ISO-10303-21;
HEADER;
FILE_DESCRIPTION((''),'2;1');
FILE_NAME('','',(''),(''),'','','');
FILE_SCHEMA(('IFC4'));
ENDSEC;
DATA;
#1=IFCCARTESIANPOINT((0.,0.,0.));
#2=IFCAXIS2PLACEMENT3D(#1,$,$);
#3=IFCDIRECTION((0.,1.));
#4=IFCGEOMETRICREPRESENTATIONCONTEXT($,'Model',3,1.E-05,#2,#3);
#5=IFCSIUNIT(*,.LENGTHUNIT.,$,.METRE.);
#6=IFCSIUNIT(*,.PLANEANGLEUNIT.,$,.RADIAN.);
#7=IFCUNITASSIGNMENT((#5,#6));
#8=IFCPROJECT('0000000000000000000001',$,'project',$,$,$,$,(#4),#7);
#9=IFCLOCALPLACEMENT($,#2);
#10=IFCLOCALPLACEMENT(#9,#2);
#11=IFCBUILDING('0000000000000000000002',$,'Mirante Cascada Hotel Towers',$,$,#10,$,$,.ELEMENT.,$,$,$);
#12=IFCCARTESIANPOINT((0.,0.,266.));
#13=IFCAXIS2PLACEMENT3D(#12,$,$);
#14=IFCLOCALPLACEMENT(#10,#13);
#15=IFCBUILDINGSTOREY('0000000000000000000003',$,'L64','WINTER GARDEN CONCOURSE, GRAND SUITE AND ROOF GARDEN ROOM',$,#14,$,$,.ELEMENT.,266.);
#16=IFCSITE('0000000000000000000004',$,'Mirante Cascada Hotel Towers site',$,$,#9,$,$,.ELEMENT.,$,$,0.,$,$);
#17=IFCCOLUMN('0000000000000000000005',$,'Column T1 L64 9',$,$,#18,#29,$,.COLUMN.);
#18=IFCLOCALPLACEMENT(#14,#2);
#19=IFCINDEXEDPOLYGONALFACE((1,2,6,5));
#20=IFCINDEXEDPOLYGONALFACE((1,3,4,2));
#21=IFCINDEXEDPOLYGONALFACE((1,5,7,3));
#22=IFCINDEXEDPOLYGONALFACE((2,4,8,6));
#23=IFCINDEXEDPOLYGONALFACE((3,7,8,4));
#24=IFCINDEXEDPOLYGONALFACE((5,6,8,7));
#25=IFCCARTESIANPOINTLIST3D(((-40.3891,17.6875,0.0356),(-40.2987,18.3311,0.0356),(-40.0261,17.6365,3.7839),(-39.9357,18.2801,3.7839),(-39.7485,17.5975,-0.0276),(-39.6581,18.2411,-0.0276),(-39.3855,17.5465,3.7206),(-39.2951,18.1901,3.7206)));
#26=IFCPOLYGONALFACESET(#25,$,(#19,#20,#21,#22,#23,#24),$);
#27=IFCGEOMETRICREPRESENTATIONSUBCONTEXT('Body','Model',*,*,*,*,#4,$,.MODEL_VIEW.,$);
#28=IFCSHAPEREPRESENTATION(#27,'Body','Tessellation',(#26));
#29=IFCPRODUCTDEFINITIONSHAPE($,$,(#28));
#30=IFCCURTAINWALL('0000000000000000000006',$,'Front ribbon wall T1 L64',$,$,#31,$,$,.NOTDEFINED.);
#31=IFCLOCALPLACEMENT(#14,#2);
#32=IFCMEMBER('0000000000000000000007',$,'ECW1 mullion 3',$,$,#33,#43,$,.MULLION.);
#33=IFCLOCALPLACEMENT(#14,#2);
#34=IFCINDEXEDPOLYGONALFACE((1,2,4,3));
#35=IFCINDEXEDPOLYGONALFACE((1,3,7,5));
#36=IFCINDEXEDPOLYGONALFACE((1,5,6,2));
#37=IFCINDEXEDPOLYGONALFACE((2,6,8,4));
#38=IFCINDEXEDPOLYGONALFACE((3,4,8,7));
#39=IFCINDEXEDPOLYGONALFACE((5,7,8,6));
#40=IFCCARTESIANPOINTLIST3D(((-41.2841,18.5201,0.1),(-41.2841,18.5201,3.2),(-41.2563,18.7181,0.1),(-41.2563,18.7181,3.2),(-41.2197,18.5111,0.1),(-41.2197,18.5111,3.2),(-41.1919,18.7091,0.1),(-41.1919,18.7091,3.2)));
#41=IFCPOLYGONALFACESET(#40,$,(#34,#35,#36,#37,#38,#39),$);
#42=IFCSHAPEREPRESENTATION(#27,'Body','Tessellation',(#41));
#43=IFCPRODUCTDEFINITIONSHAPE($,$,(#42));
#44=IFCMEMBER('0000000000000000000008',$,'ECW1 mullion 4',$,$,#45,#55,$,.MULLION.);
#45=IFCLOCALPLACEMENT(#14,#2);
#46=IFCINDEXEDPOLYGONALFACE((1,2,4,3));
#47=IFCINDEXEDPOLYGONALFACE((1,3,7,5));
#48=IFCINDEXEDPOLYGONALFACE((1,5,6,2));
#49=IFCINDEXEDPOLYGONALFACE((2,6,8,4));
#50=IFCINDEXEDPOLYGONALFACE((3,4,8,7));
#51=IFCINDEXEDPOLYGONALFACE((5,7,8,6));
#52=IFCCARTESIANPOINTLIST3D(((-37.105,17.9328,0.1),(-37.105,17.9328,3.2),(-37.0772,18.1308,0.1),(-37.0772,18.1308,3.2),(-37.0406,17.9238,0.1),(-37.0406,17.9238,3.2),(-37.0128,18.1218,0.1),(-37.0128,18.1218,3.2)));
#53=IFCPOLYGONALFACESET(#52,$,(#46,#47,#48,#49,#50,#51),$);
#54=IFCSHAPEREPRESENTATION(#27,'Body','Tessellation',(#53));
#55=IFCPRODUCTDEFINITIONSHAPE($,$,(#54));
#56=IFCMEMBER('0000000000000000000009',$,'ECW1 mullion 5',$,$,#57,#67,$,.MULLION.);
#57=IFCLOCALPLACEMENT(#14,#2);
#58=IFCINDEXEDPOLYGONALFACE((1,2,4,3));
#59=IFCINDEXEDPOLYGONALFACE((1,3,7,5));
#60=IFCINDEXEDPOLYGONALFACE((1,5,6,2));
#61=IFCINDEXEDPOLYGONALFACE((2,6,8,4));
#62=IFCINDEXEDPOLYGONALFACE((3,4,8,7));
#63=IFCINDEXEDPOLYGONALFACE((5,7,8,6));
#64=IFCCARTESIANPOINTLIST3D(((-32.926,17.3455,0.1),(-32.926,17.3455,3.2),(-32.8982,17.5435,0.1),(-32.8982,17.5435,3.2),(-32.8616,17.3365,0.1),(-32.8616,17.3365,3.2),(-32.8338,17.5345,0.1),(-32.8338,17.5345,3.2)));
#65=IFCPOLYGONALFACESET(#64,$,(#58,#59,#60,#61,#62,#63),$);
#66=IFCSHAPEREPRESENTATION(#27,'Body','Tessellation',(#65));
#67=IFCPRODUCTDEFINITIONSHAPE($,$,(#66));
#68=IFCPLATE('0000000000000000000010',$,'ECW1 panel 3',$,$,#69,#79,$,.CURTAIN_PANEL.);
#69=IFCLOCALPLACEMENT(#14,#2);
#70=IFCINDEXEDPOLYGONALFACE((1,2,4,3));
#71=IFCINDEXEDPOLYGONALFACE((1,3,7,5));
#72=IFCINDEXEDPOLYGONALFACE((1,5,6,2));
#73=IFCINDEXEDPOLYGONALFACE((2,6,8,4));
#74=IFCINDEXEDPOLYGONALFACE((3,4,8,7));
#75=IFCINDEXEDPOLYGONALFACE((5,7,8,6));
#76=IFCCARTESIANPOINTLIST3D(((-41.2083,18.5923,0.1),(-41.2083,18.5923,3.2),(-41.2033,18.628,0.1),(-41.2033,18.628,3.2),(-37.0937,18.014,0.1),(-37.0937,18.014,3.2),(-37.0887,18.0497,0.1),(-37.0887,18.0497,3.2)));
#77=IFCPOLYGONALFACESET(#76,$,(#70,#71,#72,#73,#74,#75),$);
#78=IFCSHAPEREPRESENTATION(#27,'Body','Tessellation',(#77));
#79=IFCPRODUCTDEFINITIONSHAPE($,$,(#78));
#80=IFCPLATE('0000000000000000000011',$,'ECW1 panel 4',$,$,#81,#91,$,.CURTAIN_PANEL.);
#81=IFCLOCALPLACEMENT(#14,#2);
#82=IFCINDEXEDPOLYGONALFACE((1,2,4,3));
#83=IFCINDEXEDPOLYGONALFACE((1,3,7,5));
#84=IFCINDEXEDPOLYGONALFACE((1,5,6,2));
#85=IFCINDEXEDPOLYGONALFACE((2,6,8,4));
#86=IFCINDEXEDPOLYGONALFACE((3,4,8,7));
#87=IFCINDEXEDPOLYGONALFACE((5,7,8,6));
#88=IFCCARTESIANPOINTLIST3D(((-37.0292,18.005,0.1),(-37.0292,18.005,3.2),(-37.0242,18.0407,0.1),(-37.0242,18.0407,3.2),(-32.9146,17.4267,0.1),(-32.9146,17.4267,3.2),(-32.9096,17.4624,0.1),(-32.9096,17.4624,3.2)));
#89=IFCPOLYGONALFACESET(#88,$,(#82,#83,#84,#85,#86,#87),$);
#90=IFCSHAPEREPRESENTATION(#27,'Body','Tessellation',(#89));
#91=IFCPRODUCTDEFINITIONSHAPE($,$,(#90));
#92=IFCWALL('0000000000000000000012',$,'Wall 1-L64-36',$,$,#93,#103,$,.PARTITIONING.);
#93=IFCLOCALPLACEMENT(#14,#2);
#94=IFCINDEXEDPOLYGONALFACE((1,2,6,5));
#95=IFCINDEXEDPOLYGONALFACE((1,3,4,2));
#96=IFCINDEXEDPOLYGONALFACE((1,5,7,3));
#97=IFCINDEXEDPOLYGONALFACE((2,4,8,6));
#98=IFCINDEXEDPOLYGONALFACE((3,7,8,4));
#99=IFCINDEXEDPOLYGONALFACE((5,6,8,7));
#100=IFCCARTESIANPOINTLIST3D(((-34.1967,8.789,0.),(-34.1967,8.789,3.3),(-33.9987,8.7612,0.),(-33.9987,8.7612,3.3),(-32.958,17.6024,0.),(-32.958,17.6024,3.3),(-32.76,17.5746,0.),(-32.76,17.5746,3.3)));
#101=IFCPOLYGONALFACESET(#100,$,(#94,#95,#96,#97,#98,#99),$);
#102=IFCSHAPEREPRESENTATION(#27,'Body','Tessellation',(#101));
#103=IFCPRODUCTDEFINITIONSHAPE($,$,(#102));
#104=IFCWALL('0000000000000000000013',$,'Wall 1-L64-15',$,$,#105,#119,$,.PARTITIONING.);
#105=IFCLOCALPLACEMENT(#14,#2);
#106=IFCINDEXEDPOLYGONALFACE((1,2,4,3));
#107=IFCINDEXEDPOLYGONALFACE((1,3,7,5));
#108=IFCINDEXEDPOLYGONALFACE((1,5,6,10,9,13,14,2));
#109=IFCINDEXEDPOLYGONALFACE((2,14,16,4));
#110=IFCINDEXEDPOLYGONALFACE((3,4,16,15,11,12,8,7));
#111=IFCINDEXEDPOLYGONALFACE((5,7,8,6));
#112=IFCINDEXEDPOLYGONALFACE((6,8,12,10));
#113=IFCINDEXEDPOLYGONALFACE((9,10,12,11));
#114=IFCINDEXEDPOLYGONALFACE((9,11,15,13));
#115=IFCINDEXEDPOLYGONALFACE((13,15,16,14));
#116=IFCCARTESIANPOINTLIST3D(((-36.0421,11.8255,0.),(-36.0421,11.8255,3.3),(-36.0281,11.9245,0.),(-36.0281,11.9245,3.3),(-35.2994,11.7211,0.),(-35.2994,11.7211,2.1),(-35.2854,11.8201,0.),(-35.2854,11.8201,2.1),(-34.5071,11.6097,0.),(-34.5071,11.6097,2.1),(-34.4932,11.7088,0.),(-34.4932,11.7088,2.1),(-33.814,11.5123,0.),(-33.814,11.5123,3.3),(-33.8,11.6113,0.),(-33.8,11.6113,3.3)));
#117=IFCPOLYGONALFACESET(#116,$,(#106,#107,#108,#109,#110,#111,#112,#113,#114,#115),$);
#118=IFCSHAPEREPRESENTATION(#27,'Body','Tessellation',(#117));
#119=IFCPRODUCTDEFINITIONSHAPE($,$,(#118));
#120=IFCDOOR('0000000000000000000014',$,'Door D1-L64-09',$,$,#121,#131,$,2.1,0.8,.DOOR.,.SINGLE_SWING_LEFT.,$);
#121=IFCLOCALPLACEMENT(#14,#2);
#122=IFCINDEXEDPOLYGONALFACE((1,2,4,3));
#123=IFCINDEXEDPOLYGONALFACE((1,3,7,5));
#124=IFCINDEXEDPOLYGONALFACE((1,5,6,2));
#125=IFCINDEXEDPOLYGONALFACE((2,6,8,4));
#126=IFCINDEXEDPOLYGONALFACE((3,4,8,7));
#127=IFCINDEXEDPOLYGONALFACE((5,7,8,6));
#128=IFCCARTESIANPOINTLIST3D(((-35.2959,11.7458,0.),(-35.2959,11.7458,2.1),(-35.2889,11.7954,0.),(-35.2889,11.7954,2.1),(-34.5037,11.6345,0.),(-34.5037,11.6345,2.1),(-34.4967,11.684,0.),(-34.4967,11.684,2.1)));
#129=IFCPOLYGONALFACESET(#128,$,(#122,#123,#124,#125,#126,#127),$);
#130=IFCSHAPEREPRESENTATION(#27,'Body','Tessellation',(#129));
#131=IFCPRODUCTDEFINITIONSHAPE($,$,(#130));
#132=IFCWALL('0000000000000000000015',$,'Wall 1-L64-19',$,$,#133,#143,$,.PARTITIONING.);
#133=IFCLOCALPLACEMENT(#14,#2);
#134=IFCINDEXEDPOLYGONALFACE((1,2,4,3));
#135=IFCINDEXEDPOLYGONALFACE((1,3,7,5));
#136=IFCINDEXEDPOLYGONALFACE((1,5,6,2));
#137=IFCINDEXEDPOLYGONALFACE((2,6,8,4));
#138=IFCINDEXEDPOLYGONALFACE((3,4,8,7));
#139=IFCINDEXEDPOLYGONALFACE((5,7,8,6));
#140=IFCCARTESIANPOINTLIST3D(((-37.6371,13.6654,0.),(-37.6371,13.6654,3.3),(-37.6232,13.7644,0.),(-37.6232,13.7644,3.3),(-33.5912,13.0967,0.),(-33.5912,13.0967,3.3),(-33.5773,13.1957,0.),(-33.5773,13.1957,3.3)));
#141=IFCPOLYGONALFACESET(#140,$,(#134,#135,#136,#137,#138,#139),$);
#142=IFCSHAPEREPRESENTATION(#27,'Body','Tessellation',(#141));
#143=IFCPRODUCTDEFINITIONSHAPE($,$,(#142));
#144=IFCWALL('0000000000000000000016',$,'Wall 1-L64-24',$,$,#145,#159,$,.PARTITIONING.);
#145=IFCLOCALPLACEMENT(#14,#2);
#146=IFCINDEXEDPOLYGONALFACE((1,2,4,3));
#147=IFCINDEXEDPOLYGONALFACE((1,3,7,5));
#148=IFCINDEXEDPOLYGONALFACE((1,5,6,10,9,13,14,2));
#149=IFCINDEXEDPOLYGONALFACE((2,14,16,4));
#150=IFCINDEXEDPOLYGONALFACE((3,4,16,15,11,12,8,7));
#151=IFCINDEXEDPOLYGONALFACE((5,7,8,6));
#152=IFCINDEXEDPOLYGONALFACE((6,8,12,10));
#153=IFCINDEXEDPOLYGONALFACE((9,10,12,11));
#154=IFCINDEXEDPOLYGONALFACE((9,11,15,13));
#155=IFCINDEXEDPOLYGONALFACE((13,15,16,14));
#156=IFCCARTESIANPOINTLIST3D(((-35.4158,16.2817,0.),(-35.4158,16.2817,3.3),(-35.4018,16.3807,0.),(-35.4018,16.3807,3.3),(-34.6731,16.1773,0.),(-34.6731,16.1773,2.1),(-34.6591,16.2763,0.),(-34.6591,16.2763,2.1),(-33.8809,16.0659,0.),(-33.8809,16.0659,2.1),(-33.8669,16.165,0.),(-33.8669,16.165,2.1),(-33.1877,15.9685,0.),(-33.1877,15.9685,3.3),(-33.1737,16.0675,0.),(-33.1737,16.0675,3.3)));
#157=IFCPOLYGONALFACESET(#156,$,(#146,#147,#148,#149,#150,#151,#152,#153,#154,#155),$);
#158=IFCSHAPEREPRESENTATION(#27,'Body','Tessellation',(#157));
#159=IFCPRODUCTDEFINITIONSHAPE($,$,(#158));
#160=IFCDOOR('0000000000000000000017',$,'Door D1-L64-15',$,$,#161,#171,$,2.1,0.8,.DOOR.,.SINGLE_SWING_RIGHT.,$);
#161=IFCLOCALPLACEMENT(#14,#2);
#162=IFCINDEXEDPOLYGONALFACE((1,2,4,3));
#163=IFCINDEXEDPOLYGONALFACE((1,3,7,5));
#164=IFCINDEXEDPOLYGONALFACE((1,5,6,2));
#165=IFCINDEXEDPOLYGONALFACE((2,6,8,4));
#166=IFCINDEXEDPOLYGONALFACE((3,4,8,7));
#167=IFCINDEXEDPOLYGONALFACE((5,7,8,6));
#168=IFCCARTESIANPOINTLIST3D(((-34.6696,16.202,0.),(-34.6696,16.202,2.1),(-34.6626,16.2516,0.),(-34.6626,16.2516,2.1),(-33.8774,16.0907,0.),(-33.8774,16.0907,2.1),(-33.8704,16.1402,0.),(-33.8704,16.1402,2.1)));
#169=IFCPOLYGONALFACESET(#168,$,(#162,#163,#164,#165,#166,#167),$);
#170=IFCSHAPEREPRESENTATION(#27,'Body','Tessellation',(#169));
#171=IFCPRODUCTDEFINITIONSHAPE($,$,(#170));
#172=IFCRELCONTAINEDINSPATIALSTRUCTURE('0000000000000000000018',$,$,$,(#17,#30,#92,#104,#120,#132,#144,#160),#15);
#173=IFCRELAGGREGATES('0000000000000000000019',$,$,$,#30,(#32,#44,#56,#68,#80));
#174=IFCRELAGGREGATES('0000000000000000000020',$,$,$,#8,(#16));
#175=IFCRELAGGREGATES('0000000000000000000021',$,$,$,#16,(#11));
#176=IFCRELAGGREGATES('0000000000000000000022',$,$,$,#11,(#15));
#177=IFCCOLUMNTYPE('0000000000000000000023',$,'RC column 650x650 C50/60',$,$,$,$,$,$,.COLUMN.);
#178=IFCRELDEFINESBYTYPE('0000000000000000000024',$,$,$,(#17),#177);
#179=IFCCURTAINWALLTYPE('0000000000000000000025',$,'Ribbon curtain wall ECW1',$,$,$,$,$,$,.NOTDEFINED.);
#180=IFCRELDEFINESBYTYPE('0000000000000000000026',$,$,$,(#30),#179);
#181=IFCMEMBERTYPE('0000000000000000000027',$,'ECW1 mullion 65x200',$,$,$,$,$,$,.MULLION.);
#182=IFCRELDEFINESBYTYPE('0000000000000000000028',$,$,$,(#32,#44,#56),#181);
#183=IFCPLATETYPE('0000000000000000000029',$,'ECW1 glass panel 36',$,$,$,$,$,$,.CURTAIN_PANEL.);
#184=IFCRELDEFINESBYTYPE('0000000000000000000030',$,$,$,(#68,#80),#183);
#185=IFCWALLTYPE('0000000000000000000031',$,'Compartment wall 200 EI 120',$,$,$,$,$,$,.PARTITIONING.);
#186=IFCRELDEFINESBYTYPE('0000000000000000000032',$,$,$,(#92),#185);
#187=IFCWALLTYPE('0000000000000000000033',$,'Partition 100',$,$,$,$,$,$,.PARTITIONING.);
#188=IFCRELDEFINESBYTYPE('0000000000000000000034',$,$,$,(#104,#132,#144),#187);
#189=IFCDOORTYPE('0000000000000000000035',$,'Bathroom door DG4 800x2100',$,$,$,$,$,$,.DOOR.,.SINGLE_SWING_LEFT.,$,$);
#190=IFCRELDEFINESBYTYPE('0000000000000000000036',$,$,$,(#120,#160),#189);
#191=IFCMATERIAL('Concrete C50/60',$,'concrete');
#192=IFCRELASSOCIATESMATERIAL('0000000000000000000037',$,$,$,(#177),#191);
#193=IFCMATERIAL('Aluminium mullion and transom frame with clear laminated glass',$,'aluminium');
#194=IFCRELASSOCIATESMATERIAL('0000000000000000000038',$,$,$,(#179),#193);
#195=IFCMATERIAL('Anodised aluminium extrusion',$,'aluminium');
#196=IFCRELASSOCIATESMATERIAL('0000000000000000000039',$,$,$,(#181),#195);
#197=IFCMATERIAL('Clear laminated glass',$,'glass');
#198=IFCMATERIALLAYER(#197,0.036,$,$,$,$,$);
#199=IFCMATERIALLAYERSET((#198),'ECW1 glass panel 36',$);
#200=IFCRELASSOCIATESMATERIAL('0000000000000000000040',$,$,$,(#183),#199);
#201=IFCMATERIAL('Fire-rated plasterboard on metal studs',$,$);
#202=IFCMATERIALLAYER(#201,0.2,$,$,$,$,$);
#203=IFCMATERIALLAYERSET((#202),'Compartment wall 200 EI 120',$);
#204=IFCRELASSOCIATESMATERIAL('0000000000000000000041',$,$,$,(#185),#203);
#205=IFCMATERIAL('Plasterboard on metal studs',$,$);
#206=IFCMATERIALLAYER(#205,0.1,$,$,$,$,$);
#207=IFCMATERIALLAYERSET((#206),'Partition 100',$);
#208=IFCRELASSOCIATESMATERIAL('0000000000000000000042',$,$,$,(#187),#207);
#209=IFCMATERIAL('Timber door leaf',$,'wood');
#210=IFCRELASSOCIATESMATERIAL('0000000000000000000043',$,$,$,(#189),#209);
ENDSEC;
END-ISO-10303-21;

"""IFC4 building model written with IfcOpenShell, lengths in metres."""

from ifc_helpers import new_model, si_unit, direction, frame, frame_2d, origin, origin_2d, place, context, subcontext, project, spatial, rectangle, extrude, material, layer, layer_set, material_profile, profile_set, type_object, element, fill, aggregate, save


model = new_model("IFC4")

# Units and contexts
model_context = context("Model", 3, precision=1e-05, world=origin(), true_north=direction((0.0, 1.0)))
body_context = subcontext(model_context, "Body", "Model", "MODEL_VIEW")
ifc_project = project(units=[si_unit("LENGTHUNIT", "METRE"), si_unit("PLANEANGLEUNIT", "RADIAN")], contexts=[model_context])

# Site, building, storey
site_placement = place(None, origin())
site = spatial("IfcSite", under=ifc_project, at=site_placement, Name="Mirante Cascada Hotel Towers site", CompositionType="ELEMENT", RefElevation=0.0)
building_placement = place(site_placement, origin())
building = spatial("IfcBuilding", under=site, at=building_placement, Name="Mirante Cascada Hotel Towers", CompositionType="ELEMENT")
storey_placement = place(building_placement, frame((0.0, 0.0, 266.0)))
storey = spatial("IfcBuildingStorey", under=building, at=storey_placement, Name="L64", Description="WINTER GARDEN CONCOURSE, GRAND SUITE AND ROOF GARDEN ROOM", CompositionType="ELEMENT", Elevation=266.0)

# Column
ifc_material_1 = material(Name="Concrete C50/60", Category="concrete")
ifc_material_profile_1 = material_profile(ifc_material_1, rectangle(XDim=0.65, YDim=0.65, at=origin_2d()), Name="RC column 650x650 C50/60")
ifc_profile_set_1 = profile_set([ifc_material_profile_1], Name="Concrete C50/60")
column_type = type_object("IfcColumnType", Name="RC column 650x650 C50/60", PredefinedType="COLUMN", material=ifc_profile_set_1)
column_placement = place(storey_placement, frame((-40.0236, 17.9643, 0.004), z_axis=(0.096387, -0.013542, 0.995252), x_axis=(0.139129, 0.990274, 0.0)))
element("IfcColumn", 1, at=column_placement, inside=storey, type_object=column_type, Name="Column T1 L64 9", PredefinedType="COLUMN", context=body_context, shape_type="SweptSolid", body=[
    extrude(rectangle(XDim=0.65, YDim=0.65, at=origin_2d()), origin(), (0.0, 0.0, 1.0), 3.7661),
])

# Curtain wall, members, plates
ifc_material_2 = material(Name="Aluminium mullion and transom frame with clear laminated glass", Category="aluminium")
curtain_wall_type = type_object("IfcCurtainWallType", Name="Ribbon curtain wall ECW1", PredefinedType="NOTDEFINED", material=ifc_material_2)
curtain_wall_placement = place(storey_placement, origin())
curtain_wall = element("IfcCurtainWall", 2, at=curtain_wall_placement, inside=storey, type_object=curtain_wall_type, Name="Front ribbon wall T1 L64", PredefinedType="NOTDEFINED")
ifc_material_3 = material(Name="Anodised aluminium extrusion", Category="aluminium")
ifc_material_profile_2 = material_profile(ifc_material_3, rectangle(XDim=0.2, YDim=0.065, at=origin_2d()), Name="ECW1 MULLION 65x200")
ifc_profile_set_2 = profile_set([ifc_material_profile_2], Name="Anodised aluminium extrusion")
member_type = type_object("IfcMemberType", Name="ECW1 mullion 65x200", PredefinedType="MULLION", material=ifc_profile_set_2)
member_1_placement = place(storey_placement, frame((-41.238, 18.6146, 0.1), z_axis=(0.0, 0.0, 1.0), x_axis=(0.139173, 0.990268, 0.0)))
member_1 = element("IfcMember", 3, at=member_1_placement, type_object=member_type, Name="ECW1 mullion 3", PredefinedType="MULLION", context=body_context, shape_type="SweptSolid", body=[
    extrude(rectangle(XDim=0.2, YDim=0.065, at=origin_2d()), origin(), (0.0, 0.0, 1.0), 3.1),
])
member_2_placement = place(storey_placement, frame((-37.0589, 18.0273, 0.1), z_axis=(0.0, 0.0, 1.0), x_axis=(0.139173, 0.990268, 0.0)))
member_2 = element("IfcMember", 4, at=member_2_placement, type_object=member_type, Name="ECW1 mullion 4", PredefinedType="MULLION", context=body_context, shape_type="SweptSolid", body=[
    extrude(rectangle(XDim=0.2, YDim=0.065, at=origin_2d()), origin(), (0.0, 0.0, 1.0), 3.1),
])
member_3_placement = place(storey_placement, frame((-32.8799, 17.44, 0.1), z_axis=(0.0, 0.0, 1.0), x_axis=(0.139173, 0.990268, 0.0)))
member_3 = element("IfcMember", 5, at=member_3_placement, type_object=member_type, Name="ECW1 mullion 5", PredefinedType="MULLION", context=body_context, shape_type="SweptSolid", body=[
    extrude(rectangle(XDim=0.2, YDim=0.065, at=origin_2d()), origin(), (0.0, 0.0, 1.0), 3.1),
])
ifc_material_4 = material(Name="Clear laminated glass", Category="glass")
ifc_layer_1 = layer(ifc_material_4, 0.036)
ifc_layer_set_1 = layer_set([ifc_layer_1], Name="ECW1 glass panel 36")
plate_type = type_object("IfcPlateType", Name="ECW1 glass panel 36", PredefinedType="CURTAIN_PANEL", material=ifc_layer_set_1)
plate_1_placement = place(storey_placement, frame((-39.1485, 18.321, 0.1), z_axis=(0.0, 0.0, 1.0), x_axis=(0.990268, -0.139173, 0.0)))
plate_1 = element("IfcPlate", 6, at=plate_1_placement, type_object=plate_type, Name="ECW1 panel 3", PredefinedType="CURTAIN_PANEL", context=body_context, shape_type="SweptSolid", body=[
    extrude(rectangle(XDim=4.1551, YDim=0.036, at=origin_2d()), origin(), (0.0, 0.0, 1.0), 3.1),
])
plate_2_placement = place(storey_placement, frame((-34.9694, 17.7337, 0.1), z_axis=(0.0, 0.0, 1.0), x_axis=(0.990268, -0.139173, 0.0)))
plate_2 = element("IfcPlate", 7, at=plate_2_placement, type_object=plate_type, Name="ECW1 panel 4", PredefinedType="CURTAIN_PANEL", context=body_context, shape_type="SweptSolid", body=[
    extrude(rectangle(XDim=4.1551, YDim=0.036, at=origin_2d()), origin(), (0.0, 0.0, 1.0), 3.1),
])
aggregate(curtain_wall, [member_1, member_2, member_3, plate_1, plate_2])

# Wall
ifc_material_5 = material(Name="Fire-rated plasterboard on metal studs")
ifc_layer_2 = layer(ifc_material_5, 0.2)
ifc_layer_set_2 = layer_set([ifc_layer_2], Name="Compartment wall 200 EI 120")
wall_type_1 = type_object("IfcWallType", Name="Compartment wall 200 EI 120", PredefinedType="PARTITIONING", material=ifc_layer_set_2)
wall_1_placement = place(storey_placement, frame((-32.859, 17.5885, 0.0), z_axis=(0.0, 0.0, 1.0), x_axis=(-0.139179, -0.990267, 0.0)))
element("IfcWall", 8, at=wall_1_placement, inside=storey, type_object=wall_type_1, Name="Wall 1-L64-36", PredefinedType="PARTITIONING", context=body_context, shape_type="SweptSolid", body=[
    extrude(rectangle(XDim=8.9, YDim=0.2, at=frame_2d((4.45, 0.0))), origin(), (0.0, 0.0, 1.0), 3.3),
])

# Wall, opening, door
ifc_material_6 = material(Name="Plasterboard on metal studs")
ifc_layer_3 = layer(ifc_material_6, 0.1)
ifc_layer_set_3 = layer_set([ifc_layer_3], Name="Partition 100")
wall_type_2 = type_object("IfcWallType", Name="Partition 100", PredefinedType="PARTITIONING", material=ifc_layer_set_3)
wall_2_placement = place(storey_placement, frame((-33.807, 11.5618, 0.0), z_axis=(0.0, 0.0, 1.0), x_axis=(-0.990264, 0.1392, 0.0)))
wall_2 = element("IfcWall", 9, at=wall_2_placement, inside=storey, type_object=wall_type_2, Name="Wall 1-L64-15", PredefinedType="PARTITIONING", context=body_context, shape_type="SweptSolid", body=[
    extrude(rectangle(XDim=2.25, YDim=0.1, at=frame_2d((1.125, 0.0))), origin(), (0.0, 0.0, 1.0), 3.3),
])
opening_1_placement = place(wall_2_placement, frame((0.7, 0.0, 0.0)))
opening_1 = element("IfcOpeningElement", 10, at=opening_1_placement, cuts=wall_2, PredefinedType="OPENING", context=body_context, shape_type="SweptSolid", body=[
    extrude(rectangle(XDim=0.8, YDim=2.1, at=frame_2d((0.4, 1.05))), frame((0.0, 0.05, 0.0), z_axis=(0.0, -1.0, 0.0), x_axis=(1.0, 0.0, 0.0)), (0.0, 0.0, 1.0), 0.1),
])
ifc_material_7 = material(Name="Timber door leaf", Category="wood")
door_type_1 = type_object("IfcDoorType", Name="Bathroom door DG4 800x2100", OperationType="SINGLE_SWING_LEFT", PredefinedType="DOOR", material=ifc_material_7)
door_1_placement = place(opening_1_placement, origin())
door_1 = element("IfcDoor", 11, at=door_1_placement, inside=storey, type_object=door_type_1, Name="Door D1-L64-09", OperationType="SINGLE_SWING_LEFT", OverallHeight=2.1, OverallWidth=0.8, PredefinedType="DOOR", context=body_context, shape_type="SweptSolid", body=[
    extrude(rectangle(XDim=0.8, YDim=2.1, at=frame_2d((0.4, 1.05))), frame((0.0, 0.025, 0.0), z_axis=(0.0, -1.0, 0.0), x_axis=(1.0, 0.0, 0.0)), (0.0, 0.0, 1.0), 0.05),
])
fill(opening_1, door_1)

# Wall
wall_3_placement = place(storey_placement, frame((-33.5843, 13.1462, 0.0), z_axis=(0.0, 0.0, 1.0), x_axis=(-0.990265, 0.139194, 0.0)))
element("IfcWall", 12, at=wall_3_placement, inside=storey, type_object=wall_type_2, Name="Wall 1-L64-19", PredefinedType="PARTITIONING", context=body_context, shape_type="SweptSolid", body=[
    extrude(rectangle(XDim=4.0857, YDim=0.1, at=frame_2d((2.0428, 0.0))), origin(), (0.0, 0.0, 1.0), 3.3),
])

# Wall, opening, door
wall_4_placement = place(storey_placement, frame((-35.4088, 16.3312, 0.0), z_axis=(0.0, 0.0, 1.0), x_axis=(0.990264, -0.1392, 0.0)))
wall_4 = element("IfcWall", 13, at=wall_4_placement, inside=storey, type_object=wall_type_2, Name="Wall 1-L64-24", PredefinedType="PARTITIONING", context=body_context, shape_type="SweptSolid", body=[
    extrude(rectangle(XDim=2.25, YDim=0.1, at=frame_2d((1.125, 0.0))), origin(), (0.0, 0.0, 1.0), 3.3),
])
opening_2_placement = place(wall_4_placement, frame((0.75, 0.0, 0.0)))
opening_2 = element("IfcOpeningElement", 14, at=opening_2_placement, cuts=wall_4, PredefinedType="OPENING", context=body_context, shape_type="SweptSolid", body=[
    extrude(rectangle(XDim=0.8, YDim=2.1, at=frame_2d((0.4, 1.05))), frame((0.0, 0.05, 0.0), z_axis=(0.0, -1.0, 0.0), x_axis=(1.0, 0.0, 0.0)), (0.0, 0.0, 1.0), 0.1),
])
door_2_placement = place(opening_2_placement, frame((0.8, 0.0, 0.0), z_axis=(0.0, 0.0, 1.0), x_axis=(-1.0, 0.0, 0.0)))
door_2 = element("IfcDoor", 15, at=door_2_placement, inside=storey, type_object=door_type_1, Name="Door D1-L64-15", OperationType="SINGLE_SWING_RIGHT", OverallHeight=2.1, OverallWidth=0.8, PredefinedType="DOOR", context=body_context, shape_type="SweptSolid", body=[
    extrude(rectangle(XDim=0.8, YDim=2.1, at=frame_2d((0.4, 1.05))), frame((0.0, 0.025, 0.0), z_axis=(0.0, -1.0, 0.0), x_axis=(1.0, 0.0, 0.0)), (0.0, 0.0, 1.0), 0.05),
])
fill(opening_2, door_2)

save(model, "model.ifc")
